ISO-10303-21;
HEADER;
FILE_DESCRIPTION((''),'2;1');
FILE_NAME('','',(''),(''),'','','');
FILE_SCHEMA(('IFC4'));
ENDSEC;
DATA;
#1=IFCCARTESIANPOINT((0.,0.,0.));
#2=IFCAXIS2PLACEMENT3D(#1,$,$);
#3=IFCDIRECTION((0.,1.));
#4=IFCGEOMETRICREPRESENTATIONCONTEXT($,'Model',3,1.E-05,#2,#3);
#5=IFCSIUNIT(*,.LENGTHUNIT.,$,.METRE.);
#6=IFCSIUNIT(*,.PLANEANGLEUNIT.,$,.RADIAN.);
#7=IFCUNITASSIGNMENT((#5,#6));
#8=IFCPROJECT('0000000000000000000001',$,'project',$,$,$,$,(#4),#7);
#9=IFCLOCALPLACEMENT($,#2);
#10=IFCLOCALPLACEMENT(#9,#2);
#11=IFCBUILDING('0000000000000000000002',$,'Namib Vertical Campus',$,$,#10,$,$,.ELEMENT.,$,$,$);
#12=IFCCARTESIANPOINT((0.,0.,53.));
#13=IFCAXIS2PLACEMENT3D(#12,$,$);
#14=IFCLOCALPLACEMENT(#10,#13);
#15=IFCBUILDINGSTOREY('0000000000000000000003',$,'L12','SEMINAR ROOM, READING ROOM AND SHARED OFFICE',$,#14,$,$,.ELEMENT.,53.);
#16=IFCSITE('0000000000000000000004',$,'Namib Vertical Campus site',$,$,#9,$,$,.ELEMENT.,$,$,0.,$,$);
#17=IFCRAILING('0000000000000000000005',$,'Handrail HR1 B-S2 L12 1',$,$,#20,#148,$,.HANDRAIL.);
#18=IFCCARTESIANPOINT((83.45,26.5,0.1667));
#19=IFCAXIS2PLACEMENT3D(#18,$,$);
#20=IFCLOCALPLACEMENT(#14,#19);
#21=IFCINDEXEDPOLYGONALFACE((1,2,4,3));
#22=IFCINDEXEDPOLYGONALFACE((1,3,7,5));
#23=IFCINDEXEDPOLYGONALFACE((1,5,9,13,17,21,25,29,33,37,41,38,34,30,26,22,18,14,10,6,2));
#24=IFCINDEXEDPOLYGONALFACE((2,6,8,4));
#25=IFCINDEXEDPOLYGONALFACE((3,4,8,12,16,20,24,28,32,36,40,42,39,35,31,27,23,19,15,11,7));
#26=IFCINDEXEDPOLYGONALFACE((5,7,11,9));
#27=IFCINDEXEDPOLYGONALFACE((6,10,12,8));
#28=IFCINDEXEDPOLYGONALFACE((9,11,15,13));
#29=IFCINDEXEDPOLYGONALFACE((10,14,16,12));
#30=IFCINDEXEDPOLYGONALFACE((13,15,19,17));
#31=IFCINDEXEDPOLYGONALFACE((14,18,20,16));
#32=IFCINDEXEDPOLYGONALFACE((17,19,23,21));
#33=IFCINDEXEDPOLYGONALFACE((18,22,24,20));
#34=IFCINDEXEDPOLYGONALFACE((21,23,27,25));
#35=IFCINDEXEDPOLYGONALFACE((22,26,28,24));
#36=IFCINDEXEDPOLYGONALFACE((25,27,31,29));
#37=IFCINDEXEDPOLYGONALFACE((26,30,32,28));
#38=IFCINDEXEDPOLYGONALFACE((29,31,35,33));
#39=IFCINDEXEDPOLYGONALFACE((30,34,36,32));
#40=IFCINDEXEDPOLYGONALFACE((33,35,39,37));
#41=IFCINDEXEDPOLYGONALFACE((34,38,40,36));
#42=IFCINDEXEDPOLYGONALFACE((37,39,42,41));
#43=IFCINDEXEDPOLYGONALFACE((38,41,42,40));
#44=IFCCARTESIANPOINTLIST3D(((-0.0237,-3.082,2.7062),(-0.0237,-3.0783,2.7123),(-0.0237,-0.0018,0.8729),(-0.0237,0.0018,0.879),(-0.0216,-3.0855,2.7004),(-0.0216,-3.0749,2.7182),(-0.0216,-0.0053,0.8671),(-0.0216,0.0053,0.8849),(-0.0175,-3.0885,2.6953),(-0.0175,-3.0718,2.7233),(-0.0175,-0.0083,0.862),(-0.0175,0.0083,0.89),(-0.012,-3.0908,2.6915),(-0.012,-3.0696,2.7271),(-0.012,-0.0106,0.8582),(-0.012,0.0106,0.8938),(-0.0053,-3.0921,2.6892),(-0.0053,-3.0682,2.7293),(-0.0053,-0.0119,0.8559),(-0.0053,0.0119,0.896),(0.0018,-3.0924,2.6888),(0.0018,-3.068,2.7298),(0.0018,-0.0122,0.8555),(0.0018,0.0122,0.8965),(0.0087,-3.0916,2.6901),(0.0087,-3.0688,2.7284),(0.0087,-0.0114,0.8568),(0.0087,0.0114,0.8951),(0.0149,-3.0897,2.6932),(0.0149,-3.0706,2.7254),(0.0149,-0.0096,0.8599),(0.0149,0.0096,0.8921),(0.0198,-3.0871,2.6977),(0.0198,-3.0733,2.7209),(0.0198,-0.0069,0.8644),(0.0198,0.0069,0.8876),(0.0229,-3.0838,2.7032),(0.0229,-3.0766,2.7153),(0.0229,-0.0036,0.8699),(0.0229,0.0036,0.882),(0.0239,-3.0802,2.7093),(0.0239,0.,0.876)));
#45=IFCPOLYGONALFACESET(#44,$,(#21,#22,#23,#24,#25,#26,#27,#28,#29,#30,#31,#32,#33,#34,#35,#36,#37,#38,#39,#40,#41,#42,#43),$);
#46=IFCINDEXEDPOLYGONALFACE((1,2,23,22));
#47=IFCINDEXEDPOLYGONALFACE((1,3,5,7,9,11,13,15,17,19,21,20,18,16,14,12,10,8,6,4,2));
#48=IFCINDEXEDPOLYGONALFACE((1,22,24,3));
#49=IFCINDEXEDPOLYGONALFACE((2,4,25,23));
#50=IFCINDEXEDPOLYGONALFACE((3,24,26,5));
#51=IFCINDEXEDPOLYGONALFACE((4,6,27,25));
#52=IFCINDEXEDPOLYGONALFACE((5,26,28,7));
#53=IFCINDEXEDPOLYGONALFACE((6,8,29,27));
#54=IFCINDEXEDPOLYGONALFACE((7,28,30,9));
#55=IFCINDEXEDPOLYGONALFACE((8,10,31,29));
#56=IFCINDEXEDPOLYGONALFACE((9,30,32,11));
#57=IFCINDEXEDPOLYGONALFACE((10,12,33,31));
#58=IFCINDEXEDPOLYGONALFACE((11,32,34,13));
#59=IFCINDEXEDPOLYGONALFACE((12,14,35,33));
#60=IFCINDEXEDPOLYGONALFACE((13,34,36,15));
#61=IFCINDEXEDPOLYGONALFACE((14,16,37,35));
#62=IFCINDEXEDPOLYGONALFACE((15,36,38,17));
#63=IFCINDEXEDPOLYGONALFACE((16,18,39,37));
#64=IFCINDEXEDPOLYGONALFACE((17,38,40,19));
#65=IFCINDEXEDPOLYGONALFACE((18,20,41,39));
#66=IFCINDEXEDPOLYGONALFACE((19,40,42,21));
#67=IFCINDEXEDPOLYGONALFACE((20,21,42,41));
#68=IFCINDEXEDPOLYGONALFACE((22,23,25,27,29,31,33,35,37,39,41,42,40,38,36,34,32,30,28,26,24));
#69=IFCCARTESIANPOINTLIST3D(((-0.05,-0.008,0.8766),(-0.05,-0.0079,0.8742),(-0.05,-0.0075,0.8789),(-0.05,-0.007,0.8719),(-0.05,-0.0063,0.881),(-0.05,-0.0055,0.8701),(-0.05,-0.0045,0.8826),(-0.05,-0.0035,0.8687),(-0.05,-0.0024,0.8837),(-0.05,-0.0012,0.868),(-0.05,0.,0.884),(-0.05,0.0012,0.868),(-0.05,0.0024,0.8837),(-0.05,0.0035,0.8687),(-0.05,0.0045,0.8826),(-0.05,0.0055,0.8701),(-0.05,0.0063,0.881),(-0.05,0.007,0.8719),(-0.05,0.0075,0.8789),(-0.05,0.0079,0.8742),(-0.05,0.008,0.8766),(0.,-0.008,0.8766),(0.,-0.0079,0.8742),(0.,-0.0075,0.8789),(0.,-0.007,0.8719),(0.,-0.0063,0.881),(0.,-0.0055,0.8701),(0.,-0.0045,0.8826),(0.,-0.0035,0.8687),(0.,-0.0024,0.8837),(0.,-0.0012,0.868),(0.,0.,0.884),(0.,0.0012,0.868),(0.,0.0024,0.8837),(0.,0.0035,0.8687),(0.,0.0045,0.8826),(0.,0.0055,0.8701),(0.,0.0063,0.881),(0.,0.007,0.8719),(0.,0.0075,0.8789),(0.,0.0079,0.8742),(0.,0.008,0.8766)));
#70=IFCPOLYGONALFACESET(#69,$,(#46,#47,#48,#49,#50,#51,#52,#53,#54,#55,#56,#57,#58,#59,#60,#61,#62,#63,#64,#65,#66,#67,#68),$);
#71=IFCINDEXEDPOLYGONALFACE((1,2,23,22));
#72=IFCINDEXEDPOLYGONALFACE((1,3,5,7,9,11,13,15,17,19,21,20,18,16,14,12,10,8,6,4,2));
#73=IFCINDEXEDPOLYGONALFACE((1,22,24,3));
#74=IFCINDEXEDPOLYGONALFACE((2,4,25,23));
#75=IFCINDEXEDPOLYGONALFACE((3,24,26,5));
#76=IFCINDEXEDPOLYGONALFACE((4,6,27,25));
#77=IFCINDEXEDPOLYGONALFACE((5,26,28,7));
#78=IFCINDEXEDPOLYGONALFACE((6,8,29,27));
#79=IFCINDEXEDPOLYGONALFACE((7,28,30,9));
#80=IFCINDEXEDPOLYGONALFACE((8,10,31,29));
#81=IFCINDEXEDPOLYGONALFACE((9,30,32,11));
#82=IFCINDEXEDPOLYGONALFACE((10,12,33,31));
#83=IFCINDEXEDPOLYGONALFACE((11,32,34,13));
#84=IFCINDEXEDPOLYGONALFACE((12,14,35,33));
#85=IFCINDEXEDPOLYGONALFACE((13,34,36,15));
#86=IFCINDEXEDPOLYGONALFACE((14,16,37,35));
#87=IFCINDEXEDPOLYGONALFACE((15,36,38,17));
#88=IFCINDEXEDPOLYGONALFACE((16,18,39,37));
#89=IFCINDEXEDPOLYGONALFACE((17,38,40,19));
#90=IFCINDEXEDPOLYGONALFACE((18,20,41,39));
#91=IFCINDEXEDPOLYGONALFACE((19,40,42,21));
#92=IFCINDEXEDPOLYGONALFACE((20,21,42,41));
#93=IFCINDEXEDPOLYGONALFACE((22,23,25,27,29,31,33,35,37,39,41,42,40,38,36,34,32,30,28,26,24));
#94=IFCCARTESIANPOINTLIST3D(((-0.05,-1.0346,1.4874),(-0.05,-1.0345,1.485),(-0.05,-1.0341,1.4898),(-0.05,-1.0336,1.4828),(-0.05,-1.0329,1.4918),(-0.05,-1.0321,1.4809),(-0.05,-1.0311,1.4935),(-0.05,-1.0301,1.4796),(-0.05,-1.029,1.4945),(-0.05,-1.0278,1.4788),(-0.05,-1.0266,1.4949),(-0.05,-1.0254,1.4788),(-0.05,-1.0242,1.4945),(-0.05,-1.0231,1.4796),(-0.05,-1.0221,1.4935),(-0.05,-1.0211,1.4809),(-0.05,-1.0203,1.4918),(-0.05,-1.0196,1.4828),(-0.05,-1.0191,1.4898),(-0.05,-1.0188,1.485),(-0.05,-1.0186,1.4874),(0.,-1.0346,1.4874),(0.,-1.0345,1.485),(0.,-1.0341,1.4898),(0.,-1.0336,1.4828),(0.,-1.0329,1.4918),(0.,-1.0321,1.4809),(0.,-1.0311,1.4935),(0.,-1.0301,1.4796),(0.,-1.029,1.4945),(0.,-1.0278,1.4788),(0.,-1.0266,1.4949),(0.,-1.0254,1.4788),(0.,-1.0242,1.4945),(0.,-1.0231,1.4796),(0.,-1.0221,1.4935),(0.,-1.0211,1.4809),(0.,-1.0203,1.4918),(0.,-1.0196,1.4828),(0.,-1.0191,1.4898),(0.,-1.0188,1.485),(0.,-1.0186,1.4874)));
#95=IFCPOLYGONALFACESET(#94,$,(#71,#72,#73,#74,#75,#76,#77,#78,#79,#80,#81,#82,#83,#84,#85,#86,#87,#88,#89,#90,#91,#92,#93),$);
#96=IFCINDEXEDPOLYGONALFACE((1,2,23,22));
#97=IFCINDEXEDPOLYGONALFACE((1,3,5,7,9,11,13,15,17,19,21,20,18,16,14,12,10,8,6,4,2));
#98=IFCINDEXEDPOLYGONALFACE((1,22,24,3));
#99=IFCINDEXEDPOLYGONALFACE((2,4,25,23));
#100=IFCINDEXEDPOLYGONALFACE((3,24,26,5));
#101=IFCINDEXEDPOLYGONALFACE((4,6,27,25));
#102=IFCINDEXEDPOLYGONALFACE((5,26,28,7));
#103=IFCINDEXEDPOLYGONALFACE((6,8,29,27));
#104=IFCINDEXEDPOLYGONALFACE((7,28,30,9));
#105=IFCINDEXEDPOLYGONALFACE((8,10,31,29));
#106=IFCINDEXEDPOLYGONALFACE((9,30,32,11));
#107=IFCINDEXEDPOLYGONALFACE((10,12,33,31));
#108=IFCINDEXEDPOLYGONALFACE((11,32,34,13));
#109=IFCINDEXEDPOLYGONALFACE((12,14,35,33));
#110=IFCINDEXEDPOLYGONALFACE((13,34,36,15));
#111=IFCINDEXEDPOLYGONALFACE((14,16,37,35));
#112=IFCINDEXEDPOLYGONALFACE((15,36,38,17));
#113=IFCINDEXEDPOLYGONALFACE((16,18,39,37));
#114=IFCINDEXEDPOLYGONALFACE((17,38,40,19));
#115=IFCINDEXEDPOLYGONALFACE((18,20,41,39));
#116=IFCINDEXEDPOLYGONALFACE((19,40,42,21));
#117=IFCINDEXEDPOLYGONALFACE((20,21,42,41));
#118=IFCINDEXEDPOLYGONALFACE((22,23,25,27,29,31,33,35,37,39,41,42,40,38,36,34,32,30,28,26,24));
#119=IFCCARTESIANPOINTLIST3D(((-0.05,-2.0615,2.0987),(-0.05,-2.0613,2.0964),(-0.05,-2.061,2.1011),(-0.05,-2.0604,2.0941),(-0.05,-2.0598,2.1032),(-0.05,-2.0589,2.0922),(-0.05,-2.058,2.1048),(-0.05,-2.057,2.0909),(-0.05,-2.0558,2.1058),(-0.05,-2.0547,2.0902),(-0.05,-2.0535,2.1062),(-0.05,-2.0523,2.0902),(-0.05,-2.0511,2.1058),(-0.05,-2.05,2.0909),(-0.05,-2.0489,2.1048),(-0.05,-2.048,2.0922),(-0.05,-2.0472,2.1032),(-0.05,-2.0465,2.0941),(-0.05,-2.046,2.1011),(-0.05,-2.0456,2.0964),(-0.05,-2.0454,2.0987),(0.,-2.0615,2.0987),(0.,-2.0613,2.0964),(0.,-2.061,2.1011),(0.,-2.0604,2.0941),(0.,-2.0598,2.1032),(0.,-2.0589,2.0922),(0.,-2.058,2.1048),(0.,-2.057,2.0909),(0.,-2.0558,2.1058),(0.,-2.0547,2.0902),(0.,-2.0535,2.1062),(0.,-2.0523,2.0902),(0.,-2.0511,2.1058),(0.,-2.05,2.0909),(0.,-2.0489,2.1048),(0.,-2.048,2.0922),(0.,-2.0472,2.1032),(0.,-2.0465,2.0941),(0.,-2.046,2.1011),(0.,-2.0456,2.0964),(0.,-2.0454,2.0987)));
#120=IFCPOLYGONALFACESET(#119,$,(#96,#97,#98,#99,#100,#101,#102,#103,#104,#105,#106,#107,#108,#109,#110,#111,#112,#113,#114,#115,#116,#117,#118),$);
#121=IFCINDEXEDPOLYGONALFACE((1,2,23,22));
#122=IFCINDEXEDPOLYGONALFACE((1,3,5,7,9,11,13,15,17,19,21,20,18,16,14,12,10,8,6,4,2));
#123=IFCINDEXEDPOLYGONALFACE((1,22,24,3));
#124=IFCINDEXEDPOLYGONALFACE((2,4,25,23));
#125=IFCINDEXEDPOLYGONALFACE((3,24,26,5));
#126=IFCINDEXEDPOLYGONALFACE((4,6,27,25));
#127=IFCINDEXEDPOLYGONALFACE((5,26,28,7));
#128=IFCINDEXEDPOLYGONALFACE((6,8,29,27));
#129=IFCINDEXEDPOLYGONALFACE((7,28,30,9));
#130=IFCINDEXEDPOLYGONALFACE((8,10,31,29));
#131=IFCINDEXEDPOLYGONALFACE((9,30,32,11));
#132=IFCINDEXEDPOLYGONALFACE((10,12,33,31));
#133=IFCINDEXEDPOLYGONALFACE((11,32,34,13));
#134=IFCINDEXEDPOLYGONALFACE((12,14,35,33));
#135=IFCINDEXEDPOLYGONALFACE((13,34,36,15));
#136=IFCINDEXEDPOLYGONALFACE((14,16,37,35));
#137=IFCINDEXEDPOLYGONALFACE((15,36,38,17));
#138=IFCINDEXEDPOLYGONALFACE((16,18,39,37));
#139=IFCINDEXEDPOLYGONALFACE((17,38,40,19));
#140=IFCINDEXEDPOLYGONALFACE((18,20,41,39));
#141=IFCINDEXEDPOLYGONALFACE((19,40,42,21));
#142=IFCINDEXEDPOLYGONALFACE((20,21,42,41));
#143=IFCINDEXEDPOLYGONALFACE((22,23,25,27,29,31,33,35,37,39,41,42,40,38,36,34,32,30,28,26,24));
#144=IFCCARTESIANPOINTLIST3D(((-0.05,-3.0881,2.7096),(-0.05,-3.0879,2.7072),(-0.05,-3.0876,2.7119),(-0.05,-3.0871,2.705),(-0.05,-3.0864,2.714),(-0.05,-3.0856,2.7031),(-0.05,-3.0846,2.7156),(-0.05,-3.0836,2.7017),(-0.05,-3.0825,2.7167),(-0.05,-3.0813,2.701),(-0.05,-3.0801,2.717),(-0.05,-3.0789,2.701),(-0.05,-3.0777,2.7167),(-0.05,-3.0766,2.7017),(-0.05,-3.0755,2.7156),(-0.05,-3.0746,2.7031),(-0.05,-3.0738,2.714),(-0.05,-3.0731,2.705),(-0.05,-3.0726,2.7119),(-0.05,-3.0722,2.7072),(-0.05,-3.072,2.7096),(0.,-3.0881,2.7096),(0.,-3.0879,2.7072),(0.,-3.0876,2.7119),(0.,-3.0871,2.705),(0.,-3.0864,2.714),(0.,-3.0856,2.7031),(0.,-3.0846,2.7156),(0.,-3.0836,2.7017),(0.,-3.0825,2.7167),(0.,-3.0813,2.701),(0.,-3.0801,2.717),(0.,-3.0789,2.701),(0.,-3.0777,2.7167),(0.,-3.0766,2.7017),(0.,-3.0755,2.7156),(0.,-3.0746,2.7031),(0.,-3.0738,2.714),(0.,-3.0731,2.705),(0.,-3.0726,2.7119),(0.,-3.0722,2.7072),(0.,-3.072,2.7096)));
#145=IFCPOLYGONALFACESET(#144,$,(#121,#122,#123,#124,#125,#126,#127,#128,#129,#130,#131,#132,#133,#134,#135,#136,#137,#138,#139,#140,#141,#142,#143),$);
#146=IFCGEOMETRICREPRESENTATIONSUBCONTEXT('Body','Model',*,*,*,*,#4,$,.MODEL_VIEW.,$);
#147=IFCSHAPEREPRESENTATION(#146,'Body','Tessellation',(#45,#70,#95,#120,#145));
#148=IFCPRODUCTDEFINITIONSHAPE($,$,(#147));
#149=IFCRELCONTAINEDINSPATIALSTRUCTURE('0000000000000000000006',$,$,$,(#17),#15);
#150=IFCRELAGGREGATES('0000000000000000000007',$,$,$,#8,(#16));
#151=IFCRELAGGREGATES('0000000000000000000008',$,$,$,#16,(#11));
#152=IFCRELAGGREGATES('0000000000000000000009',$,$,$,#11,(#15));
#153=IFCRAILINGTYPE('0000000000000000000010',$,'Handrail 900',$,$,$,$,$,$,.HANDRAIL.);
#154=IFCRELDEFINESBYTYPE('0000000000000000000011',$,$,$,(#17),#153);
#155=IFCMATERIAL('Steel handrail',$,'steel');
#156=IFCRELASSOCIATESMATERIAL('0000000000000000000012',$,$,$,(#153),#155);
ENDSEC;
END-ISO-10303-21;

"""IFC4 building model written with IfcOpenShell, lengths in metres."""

from ifc_helpers import new_model, si_unit, direction, frame, origin, origin_2d, place, context, subcontext, project, spatial, circle, extrude, material, type_object, element, save


model = new_model("IFC4")

# Units and contexts
model_context = context("Model", 3, precision=1e-05, world=origin(), true_north=direction((0.0, 1.0)))
body_context = subcontext(model_context, "Body", "Model", "MODEL_VIEW")
ifc_project = project(units=[si_unit("LENGTHUNIT", "METRE"), si_unit("PLANEANGLEUNIT", "RADIAN")], contexts=[model_context])

# Site, building, storey
site_placement = place(None, origin())
site = spatial("IfcSite", under=ifc_project, at=site_placement, Name="Namib Vertical Campus site", CompositionType="ELEMENT", RefElevation=0.0)
building_placement = place(site_placement, origin())
building = spatial("IfcBuilding", under=site, at=building_placement, Name="Namib Vertical Campus", CompositionType="ELEMENT")
storey_placement = place(building_placement, frame((0.0, 0.0, 53.0)))
storey = spatial("IfcBuildingStorey", under=building, at=storey_placement, Name="L12", Description="SEMINAR ROOM, READING ROOM AND SHARED OFFICE", CompositionType="ELEMENT", Elevation=53.0)

# Railing
ifc_material_1 = material(Name="Steel handrail", Category="steel")
railing_type_1 = type_object("IfcRailingType", Name="Handrail 900", PredefinedType="HANDRAIL", material=ifc_material_1)
railing_1_placement = place(storey_placement, frame((83.45, 26.5, 0.1667)))
element("IfcRailing", 1, at=railing_1_placement, inside=storey, type_object=railing_type_1, Name="Handrail HR1 B-S2 L12 1", PredefinedType="HANDRAIL", context=body_context, shape_type="SweptSolid", body=[
    extrude(circle(Radius=0.0239, at=origin_2d()), frame((0.0, 0.0, 0.876), z_axis=(0.0, -0.859309, 0.511458), x_axis=(1.0, 0.0, 0.0)), (0.0, 0.0, 1.0), 3.5845),
    extrude(circle(Radius=0.0081, at=origin_2d()), frame((0.0, 0.0, 0.876), z_axis=(-1.0, 0.0, 0.0), x_axis=(0.0, 0.0, 1.0)), (0.0, 0.0, 1.0), 0.05),
    extrude(circle(Radius=0.0081, at=origin_2d()), frame((0.0, -1.0266, 1.4868), z_axis=(-1.0, 0.0, 0.0), x_axis=(0.0, 0.0, 1.0)), (0.0, 0.0, 1.0), 0.05),
    extrude(circle(Radius=0.0081, at=origin_2d()), frame((0.0, -2.0535, 2.0981), z_axis=(-1.0, 0.0, 0.0), x_axis=(0.0, 0.0, 1.0)), (0.0, 0.0, 1.0), 0.05),
    extrude(circle(Radius=0.0081, at=origin_2d()), frame((0.0, -3.0801, 2.709), z_axis=(-1.0, 0.0, 0.0), x_axis=(0.0, 0.0, 1.0)), (0.0, 0.0, 1.0), 0.05),
])

save(model, "model.ifc")
